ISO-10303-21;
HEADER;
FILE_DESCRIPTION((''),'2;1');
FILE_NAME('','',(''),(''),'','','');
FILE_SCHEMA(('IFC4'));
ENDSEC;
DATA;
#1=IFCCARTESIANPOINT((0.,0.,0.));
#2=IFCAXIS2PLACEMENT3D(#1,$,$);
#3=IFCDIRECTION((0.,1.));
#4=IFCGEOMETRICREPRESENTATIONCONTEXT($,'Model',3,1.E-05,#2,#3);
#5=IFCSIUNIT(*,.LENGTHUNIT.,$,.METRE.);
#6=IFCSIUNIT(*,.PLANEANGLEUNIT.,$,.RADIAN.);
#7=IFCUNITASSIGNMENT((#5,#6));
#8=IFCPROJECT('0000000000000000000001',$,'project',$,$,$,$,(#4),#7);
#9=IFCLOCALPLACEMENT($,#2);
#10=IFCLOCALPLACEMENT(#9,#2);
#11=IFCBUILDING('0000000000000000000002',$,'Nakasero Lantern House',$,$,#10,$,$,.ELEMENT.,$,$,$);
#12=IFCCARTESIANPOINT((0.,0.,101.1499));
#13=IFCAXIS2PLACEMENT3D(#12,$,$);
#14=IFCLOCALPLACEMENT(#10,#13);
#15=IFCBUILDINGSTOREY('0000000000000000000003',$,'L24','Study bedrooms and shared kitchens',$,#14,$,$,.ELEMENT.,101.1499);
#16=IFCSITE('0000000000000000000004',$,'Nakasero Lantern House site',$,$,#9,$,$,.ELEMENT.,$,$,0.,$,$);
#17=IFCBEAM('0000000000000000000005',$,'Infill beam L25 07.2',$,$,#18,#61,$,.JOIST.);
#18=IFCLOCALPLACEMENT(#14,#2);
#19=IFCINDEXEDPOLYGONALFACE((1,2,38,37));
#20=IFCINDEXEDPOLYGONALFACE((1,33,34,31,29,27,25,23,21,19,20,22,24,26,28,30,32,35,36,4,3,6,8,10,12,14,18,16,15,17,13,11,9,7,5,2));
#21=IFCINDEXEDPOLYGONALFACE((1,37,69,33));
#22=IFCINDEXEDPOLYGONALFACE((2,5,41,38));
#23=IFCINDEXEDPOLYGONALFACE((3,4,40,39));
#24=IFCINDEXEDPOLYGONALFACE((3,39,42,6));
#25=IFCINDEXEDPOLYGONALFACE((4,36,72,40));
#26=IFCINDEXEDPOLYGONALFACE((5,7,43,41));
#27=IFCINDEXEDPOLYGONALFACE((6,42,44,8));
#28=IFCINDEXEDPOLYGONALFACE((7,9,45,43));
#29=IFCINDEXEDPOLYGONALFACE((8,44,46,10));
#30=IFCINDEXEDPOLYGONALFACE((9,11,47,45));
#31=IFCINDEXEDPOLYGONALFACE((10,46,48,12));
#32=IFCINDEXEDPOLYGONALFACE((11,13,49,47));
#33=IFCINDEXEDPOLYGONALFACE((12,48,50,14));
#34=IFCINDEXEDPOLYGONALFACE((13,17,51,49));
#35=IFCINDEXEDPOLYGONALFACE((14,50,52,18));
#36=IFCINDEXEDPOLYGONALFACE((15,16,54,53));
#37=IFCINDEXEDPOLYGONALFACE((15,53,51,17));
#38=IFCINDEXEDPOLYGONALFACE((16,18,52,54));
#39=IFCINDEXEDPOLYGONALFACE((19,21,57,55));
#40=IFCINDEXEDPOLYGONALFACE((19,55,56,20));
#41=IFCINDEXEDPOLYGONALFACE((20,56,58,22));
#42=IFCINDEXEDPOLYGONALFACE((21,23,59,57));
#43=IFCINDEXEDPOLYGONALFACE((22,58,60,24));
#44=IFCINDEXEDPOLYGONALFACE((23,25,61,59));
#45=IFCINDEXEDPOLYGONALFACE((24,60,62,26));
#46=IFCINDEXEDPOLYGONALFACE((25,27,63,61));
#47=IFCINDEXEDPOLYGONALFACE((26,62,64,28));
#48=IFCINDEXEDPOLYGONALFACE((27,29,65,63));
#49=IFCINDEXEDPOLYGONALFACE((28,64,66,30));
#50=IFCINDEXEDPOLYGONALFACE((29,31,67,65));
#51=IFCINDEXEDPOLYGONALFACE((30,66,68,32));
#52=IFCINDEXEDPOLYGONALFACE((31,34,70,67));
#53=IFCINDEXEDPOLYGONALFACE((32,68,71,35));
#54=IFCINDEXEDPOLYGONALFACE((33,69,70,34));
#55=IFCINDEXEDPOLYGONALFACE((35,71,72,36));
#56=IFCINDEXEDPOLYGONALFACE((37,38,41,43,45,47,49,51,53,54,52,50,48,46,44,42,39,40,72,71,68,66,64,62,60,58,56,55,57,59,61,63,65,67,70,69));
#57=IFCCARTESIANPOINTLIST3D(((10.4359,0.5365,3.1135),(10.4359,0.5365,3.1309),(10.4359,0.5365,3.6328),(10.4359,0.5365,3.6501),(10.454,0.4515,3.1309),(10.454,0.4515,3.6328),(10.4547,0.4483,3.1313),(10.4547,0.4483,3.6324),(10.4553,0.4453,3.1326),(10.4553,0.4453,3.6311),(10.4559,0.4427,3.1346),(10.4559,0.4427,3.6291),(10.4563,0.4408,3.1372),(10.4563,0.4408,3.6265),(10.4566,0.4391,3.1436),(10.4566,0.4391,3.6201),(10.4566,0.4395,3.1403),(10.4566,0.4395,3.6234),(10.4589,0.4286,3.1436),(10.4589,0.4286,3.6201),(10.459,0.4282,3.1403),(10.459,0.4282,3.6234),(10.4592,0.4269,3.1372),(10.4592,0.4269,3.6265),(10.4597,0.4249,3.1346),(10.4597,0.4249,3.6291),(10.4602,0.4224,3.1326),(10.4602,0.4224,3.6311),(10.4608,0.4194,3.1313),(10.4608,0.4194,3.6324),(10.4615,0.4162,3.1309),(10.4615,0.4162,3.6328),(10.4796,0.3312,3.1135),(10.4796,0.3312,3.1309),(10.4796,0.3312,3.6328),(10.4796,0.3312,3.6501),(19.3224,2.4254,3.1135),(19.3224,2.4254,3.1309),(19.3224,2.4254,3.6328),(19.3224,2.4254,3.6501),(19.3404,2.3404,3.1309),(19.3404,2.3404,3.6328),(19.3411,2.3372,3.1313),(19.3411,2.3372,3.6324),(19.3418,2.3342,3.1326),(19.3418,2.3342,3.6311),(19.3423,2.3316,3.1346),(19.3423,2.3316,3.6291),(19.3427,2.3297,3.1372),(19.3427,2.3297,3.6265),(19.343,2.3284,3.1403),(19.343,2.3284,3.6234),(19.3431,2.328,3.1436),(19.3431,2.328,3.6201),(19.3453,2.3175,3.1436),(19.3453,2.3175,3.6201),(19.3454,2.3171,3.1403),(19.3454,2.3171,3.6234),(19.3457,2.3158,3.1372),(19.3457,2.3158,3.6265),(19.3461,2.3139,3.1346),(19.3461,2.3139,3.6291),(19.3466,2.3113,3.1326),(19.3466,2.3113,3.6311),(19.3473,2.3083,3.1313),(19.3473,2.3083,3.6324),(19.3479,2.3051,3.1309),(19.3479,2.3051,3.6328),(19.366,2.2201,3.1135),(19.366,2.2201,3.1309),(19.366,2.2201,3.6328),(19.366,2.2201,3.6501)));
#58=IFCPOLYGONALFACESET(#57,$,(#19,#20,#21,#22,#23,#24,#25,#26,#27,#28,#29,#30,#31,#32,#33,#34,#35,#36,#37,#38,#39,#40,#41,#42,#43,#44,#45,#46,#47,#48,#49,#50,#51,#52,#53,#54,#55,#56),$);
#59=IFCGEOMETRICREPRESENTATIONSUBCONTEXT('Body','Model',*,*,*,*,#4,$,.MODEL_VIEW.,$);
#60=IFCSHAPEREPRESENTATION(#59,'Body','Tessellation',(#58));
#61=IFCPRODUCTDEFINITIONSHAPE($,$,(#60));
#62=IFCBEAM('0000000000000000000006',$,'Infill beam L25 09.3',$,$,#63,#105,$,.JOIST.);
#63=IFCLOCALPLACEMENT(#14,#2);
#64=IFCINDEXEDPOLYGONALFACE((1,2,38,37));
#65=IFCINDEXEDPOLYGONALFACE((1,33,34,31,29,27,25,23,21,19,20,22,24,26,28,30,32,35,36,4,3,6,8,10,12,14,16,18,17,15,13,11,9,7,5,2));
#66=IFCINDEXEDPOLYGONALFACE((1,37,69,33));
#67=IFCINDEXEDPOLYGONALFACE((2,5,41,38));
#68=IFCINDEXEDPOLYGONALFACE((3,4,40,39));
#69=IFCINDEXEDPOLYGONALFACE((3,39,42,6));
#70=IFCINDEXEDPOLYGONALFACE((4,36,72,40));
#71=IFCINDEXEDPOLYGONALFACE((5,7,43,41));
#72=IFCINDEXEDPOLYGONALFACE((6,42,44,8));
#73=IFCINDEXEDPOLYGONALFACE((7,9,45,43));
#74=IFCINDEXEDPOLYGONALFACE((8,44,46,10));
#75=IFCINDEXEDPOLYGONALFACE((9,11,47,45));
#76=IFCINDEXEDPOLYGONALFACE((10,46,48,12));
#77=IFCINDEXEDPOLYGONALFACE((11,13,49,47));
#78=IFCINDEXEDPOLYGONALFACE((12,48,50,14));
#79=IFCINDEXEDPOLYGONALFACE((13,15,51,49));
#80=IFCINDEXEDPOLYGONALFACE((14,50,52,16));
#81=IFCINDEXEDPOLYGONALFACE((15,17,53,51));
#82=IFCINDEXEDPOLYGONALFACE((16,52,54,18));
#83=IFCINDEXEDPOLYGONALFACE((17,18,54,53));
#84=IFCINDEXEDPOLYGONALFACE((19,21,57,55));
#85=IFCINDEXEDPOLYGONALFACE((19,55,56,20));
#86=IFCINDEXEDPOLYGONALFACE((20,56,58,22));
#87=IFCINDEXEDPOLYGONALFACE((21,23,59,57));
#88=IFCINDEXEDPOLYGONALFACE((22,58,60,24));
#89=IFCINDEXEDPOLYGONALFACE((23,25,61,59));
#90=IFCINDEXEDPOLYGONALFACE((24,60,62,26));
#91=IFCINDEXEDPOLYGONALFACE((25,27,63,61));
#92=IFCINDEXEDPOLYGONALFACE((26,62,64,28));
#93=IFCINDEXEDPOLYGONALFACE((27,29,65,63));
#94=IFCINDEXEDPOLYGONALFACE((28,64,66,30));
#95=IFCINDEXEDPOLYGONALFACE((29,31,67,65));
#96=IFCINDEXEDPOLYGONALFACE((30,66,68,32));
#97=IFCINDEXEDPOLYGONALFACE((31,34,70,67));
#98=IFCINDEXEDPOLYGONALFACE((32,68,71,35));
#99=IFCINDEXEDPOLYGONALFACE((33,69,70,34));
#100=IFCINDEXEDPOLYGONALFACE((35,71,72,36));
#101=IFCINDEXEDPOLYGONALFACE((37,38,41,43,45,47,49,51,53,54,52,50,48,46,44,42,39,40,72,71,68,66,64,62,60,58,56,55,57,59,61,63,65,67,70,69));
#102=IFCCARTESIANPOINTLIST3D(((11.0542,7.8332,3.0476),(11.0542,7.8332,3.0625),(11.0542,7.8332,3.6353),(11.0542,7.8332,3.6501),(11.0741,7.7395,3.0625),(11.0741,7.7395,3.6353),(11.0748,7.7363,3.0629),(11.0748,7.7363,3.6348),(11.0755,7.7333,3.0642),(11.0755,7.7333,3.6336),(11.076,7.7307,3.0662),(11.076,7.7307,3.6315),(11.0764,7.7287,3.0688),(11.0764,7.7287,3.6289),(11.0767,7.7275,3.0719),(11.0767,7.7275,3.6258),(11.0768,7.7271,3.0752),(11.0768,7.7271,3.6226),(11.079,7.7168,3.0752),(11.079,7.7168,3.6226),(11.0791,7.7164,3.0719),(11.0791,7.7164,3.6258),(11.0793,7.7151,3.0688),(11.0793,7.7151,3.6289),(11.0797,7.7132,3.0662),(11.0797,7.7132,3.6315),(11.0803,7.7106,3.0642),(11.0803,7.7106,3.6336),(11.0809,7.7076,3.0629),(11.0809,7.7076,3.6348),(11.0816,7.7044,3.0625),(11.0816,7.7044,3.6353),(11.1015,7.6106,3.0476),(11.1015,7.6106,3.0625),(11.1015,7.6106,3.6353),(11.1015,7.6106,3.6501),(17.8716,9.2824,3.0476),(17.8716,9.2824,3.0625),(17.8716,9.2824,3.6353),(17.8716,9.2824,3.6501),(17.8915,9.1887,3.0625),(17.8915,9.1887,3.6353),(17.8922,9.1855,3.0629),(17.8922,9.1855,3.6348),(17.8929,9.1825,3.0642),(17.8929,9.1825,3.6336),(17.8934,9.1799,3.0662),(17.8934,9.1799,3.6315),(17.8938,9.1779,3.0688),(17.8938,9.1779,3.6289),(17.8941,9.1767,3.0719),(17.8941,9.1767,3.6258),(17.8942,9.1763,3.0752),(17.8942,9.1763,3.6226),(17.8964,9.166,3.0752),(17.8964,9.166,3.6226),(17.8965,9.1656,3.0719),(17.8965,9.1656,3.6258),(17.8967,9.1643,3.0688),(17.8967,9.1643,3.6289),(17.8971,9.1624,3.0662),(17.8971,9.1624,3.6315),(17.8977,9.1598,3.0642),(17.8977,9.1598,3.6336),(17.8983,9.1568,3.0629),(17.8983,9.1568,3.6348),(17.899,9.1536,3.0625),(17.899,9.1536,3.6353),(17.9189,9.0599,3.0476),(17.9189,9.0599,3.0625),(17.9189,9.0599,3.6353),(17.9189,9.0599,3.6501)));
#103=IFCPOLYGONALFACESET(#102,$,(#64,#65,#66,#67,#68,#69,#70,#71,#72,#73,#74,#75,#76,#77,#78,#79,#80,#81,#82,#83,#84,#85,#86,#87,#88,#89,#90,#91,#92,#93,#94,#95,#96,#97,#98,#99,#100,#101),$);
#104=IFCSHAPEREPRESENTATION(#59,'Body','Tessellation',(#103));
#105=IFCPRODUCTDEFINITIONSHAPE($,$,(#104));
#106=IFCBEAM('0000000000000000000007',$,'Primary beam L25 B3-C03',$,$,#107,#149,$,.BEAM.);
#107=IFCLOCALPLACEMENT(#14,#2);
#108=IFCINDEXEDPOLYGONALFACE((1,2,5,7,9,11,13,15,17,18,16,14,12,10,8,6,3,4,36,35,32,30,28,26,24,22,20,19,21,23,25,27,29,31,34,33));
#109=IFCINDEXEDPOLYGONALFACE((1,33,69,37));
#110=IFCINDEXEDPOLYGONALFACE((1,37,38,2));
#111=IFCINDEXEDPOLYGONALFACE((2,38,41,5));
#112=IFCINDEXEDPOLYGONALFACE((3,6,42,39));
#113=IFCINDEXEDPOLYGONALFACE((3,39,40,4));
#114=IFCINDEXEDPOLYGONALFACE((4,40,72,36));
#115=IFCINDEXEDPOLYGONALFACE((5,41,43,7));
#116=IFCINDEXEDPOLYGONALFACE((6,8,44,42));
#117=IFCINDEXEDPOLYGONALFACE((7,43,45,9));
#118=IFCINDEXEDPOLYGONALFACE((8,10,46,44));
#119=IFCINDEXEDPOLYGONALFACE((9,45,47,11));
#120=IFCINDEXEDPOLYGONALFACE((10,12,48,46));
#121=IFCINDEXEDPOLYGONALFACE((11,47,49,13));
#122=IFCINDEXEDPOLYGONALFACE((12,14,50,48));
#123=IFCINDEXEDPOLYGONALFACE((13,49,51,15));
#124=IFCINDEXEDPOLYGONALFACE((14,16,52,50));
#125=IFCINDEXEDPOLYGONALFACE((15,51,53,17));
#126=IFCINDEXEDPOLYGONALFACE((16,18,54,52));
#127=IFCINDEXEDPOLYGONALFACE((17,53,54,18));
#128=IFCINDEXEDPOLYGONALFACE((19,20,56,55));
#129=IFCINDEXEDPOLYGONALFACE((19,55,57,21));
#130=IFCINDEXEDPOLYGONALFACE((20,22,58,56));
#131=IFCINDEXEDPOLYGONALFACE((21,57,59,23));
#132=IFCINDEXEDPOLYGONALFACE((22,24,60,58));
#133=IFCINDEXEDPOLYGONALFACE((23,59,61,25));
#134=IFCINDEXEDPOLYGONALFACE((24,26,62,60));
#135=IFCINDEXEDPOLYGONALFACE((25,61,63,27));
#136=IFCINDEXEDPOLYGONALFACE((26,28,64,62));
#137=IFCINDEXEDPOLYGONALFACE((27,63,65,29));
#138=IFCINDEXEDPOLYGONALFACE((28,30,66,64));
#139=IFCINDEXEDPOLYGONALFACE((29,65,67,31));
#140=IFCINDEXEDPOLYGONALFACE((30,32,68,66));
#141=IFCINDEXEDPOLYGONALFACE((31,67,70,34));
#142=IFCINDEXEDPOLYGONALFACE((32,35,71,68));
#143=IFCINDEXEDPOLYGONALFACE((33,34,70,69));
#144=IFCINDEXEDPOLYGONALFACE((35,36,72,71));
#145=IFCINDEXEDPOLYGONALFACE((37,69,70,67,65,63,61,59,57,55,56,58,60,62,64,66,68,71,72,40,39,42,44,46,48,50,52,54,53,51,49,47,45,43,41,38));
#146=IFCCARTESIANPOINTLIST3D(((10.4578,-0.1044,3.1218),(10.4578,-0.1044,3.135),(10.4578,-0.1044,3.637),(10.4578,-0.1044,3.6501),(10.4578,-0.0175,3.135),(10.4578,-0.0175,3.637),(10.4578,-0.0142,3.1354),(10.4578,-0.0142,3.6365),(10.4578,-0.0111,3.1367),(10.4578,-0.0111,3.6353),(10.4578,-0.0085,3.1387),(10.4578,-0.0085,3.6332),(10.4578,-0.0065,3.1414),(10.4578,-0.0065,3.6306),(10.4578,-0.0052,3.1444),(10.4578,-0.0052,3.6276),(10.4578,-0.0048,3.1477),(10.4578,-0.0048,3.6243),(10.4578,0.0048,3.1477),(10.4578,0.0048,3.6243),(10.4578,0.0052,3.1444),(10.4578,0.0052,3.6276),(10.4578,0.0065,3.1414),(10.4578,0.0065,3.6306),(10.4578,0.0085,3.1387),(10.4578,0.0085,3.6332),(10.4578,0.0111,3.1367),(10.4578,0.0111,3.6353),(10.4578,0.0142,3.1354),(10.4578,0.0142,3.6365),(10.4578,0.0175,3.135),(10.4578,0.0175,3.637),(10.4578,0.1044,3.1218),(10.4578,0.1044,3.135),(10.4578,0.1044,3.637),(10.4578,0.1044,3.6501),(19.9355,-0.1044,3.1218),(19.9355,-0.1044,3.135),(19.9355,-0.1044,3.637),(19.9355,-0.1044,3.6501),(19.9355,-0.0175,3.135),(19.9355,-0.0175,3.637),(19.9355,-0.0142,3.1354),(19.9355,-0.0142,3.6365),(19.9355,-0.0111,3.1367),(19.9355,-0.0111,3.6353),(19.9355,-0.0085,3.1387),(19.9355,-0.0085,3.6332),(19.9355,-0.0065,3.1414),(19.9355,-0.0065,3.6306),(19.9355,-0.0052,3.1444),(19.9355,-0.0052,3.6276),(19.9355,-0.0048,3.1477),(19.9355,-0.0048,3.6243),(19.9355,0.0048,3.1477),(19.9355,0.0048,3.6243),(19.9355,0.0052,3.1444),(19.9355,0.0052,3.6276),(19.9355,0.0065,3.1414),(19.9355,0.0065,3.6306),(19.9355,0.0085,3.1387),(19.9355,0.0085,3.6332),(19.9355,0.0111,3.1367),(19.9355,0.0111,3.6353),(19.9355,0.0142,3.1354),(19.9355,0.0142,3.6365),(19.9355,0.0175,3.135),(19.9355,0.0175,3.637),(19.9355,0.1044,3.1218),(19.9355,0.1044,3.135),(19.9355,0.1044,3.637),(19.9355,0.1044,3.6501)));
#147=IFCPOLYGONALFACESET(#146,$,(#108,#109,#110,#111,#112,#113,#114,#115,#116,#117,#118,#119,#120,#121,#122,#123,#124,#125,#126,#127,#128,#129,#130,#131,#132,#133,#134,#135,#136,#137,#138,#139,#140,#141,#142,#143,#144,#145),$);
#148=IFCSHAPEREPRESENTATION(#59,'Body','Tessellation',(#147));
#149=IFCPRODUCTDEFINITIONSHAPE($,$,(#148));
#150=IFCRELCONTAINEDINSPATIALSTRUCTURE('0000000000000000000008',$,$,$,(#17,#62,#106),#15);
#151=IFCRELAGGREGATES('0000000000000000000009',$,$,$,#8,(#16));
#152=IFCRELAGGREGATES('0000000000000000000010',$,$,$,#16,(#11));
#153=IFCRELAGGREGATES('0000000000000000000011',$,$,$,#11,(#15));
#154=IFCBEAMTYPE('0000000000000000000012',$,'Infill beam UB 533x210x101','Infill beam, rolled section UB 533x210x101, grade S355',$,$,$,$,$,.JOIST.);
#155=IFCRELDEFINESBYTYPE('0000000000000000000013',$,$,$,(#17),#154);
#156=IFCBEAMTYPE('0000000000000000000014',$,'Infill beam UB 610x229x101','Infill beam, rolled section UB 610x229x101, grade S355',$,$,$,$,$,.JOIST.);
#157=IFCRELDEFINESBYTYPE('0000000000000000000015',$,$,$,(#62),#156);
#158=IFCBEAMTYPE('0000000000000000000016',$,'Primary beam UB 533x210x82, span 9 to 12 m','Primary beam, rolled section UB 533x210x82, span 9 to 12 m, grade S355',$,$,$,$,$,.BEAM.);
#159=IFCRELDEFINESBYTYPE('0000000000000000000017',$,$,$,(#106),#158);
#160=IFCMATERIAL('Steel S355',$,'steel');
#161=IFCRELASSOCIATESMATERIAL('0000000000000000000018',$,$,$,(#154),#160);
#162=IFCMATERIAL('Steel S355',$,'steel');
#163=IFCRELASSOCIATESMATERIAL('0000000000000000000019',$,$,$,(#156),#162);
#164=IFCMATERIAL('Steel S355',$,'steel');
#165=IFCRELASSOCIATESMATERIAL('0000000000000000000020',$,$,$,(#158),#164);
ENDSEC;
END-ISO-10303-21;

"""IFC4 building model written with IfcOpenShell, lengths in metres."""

from ifc_helpers import new_model, si_unit, direction, frame, origin, origin_2d, place, context, subcontext, project, spatial, i_section, extrude, material, material_profile, profile_set, type_object, element, save


model = new_model("IFC4")

# Units and contexts
model_context = context("Model", 3, precision=1e-05, world=origin(), true_north=direction((0.0, 1.0)))
body_context = subcontext(model_context, "Body", "Model", "MODEL_VIEW")
ifc_project = project(units=[si_unit("LENGTHUNIT", "METRE"), si_unit("PLANEANGLEUNIT", "RADIAN")], contexts=[model_context])

# Site, building, storey
site_placement = place(None, origin())
site = spatial("IfcSite", under=ifc_project, at=site_placement, Name="Nakasero Lantern House site", CompositionType="ELEMENT", RefElevation=0.0)
building_placement = place(site_placement, origin())
building = spatial("IfcBuilding", under=site, at=building_placement, Name="Nakasero Lantern House", CompositionType="ELEMENT")
storey_placement = place(building_placement, frame((0.0, 0.0, 101.1499)))
storey = spatial("IfcBuildingStorey", under=building, at=storey_placement, Name="L24", Description="Study bedrooms and shared kitchens", CompositionType="ELEMENT", Elevation=101.1499)

# Beams
ifc_material_1 = material(Name="Steel S355", Category="steel")
ifc_material_profile_1 = material_profile(ifc_material_1, i_section(OverallWidth=0.21, OverallDepth=0.5366, WebThickness=0.0107, FlangeThickness=0.0173, FilletRadius=0.0127, at=origin_2d()), Name="UB 533x210x101")
ifc_profile_set_1 = profile_set([ifc_material_profile_1], Name="Steel S355")
beam_type_1 = type_object("IfcBeamType", Name="Infill beam UB 533x210x101", Description="Infill beam, rolled section UB 533x210x101, grade S355", PredefinedType="JOIST", material=ifc_profile_set_1)
beam_1_placement = place(storey_placement, frame((10.4578, 0.4338, 3.3818), z_axis=(0.978147, 0.207916, 0.0), x_axis=(-0.207916, 0.978147, 0.0)))
element("IfcBeam", 1, at=beam_1_placement, inside=storey, type_object=beam_type_1, Name="Infill beam L25 07.2", PredefinedType="JOIST", context=body_context, shape_type="SweptSolid", body=[
    extrude(i_section(OverallWidth=0.21, OverallDepth=0.5366, WebThickness=0.0107, FlangeThickness=0.0173, FilletRadius=0.0127, at=origin_2d()), origin(), (0.0, 0.0, 1.0), 9.085),
])
ifc_material_2 = material(Name="Steel S355", Category="steel")
ifc_material_profile_2 = material_profile(ifc_material_2, i_section(OverallWidth=0.2275, OverallDepth=0.6025, WebThickness=0.0105, FlangeThickness=0.0149, FilletRadius=0.0127, at=origin_2d()), Name="UB 610x229x101")
ifc_profile_set_2 = profile_set([ifc_material_profile_2], Name="Steel S355")
beam_type_2 = type_object("IfcBeamType", Name="Infill beam UB 610x229x101", Description="Infill beam, rolled section UB 610x229x101, grade S355", PredefinedType="JOIST", material=ifc_profile_set_2)
beam_2_placement = place(storey_placement, frame((11.0779, 7.7219, 3.3489), z_axis=(0.978144, 0.207931, 0.0), x_axis=(-0.207931, 0.978144, 0.0)))
element("IfcBeam", 2, at=beam_2_placement, inside=storey, type_object=beam_type_2, Name="Infill beam L25 09.3", PredefinedType="JOIST", context=body_context, shape_type="SweptSolid", body=[
    extrude(i_section(OverallWidth=0.2275, OverallDepth=0.6025, WebThickness=0.0105, FlangeThickness=0.0149, FilletRadius=0.0127, at=origin_2d()), origin(), (0.0, 0.0, 1.0), 6.9697),
])
ifc_material_3 = material(Name="Steel S355", Category="steel")
ifc_material_profile_3 = material_profile(ifc_material_3, i_section(OverallWidth=0.2087, OverallDepth=0.5283, WebThickness=0.0095, FlangeThickness=0.0132, FilletRadius=0.0127, at=origin_2d()), Name="UB 533x210x82")
ifc_profile_set_3 = profile_set([ifc_material_profile_3], Name="Steel S355")
beam_type_3 = type_object("IfcBeamType", Name="Primary beam UB 533x210x82, span 9 to 12 m", Description="Primary beam, rolled section UB 533x210x82, span 9 to 12 m, grade S355", PredefinedType="BEAM", material=ifc_profile_set_3)
beam_3_placement = place(storey_placement, frame((19.9355, 0.0, 3.386), z_axis=(-1.0, 0.0, 0.0), x_axis=(0.0, -1.0, 0.0)))
element("IfcBeam", 3, at=beam_3_placement, inside=storey, type_object=beam_type_3, Name="Primary beam L25 B3-C03", PredefinedType="BEAM", context=body_context, shape_type="SweptSolid", body=[
    extrude(i_section(OverallWidth=0.2087, OverallDepth=0.5283, WebThickness=0.0095, FlangeThickness=0.0132, FilletRadius=0.0127, at=origin_2d()), origin(), (0.0, 0.0, 1.0), 9.4778),
])

save(model, "model.ifc")
